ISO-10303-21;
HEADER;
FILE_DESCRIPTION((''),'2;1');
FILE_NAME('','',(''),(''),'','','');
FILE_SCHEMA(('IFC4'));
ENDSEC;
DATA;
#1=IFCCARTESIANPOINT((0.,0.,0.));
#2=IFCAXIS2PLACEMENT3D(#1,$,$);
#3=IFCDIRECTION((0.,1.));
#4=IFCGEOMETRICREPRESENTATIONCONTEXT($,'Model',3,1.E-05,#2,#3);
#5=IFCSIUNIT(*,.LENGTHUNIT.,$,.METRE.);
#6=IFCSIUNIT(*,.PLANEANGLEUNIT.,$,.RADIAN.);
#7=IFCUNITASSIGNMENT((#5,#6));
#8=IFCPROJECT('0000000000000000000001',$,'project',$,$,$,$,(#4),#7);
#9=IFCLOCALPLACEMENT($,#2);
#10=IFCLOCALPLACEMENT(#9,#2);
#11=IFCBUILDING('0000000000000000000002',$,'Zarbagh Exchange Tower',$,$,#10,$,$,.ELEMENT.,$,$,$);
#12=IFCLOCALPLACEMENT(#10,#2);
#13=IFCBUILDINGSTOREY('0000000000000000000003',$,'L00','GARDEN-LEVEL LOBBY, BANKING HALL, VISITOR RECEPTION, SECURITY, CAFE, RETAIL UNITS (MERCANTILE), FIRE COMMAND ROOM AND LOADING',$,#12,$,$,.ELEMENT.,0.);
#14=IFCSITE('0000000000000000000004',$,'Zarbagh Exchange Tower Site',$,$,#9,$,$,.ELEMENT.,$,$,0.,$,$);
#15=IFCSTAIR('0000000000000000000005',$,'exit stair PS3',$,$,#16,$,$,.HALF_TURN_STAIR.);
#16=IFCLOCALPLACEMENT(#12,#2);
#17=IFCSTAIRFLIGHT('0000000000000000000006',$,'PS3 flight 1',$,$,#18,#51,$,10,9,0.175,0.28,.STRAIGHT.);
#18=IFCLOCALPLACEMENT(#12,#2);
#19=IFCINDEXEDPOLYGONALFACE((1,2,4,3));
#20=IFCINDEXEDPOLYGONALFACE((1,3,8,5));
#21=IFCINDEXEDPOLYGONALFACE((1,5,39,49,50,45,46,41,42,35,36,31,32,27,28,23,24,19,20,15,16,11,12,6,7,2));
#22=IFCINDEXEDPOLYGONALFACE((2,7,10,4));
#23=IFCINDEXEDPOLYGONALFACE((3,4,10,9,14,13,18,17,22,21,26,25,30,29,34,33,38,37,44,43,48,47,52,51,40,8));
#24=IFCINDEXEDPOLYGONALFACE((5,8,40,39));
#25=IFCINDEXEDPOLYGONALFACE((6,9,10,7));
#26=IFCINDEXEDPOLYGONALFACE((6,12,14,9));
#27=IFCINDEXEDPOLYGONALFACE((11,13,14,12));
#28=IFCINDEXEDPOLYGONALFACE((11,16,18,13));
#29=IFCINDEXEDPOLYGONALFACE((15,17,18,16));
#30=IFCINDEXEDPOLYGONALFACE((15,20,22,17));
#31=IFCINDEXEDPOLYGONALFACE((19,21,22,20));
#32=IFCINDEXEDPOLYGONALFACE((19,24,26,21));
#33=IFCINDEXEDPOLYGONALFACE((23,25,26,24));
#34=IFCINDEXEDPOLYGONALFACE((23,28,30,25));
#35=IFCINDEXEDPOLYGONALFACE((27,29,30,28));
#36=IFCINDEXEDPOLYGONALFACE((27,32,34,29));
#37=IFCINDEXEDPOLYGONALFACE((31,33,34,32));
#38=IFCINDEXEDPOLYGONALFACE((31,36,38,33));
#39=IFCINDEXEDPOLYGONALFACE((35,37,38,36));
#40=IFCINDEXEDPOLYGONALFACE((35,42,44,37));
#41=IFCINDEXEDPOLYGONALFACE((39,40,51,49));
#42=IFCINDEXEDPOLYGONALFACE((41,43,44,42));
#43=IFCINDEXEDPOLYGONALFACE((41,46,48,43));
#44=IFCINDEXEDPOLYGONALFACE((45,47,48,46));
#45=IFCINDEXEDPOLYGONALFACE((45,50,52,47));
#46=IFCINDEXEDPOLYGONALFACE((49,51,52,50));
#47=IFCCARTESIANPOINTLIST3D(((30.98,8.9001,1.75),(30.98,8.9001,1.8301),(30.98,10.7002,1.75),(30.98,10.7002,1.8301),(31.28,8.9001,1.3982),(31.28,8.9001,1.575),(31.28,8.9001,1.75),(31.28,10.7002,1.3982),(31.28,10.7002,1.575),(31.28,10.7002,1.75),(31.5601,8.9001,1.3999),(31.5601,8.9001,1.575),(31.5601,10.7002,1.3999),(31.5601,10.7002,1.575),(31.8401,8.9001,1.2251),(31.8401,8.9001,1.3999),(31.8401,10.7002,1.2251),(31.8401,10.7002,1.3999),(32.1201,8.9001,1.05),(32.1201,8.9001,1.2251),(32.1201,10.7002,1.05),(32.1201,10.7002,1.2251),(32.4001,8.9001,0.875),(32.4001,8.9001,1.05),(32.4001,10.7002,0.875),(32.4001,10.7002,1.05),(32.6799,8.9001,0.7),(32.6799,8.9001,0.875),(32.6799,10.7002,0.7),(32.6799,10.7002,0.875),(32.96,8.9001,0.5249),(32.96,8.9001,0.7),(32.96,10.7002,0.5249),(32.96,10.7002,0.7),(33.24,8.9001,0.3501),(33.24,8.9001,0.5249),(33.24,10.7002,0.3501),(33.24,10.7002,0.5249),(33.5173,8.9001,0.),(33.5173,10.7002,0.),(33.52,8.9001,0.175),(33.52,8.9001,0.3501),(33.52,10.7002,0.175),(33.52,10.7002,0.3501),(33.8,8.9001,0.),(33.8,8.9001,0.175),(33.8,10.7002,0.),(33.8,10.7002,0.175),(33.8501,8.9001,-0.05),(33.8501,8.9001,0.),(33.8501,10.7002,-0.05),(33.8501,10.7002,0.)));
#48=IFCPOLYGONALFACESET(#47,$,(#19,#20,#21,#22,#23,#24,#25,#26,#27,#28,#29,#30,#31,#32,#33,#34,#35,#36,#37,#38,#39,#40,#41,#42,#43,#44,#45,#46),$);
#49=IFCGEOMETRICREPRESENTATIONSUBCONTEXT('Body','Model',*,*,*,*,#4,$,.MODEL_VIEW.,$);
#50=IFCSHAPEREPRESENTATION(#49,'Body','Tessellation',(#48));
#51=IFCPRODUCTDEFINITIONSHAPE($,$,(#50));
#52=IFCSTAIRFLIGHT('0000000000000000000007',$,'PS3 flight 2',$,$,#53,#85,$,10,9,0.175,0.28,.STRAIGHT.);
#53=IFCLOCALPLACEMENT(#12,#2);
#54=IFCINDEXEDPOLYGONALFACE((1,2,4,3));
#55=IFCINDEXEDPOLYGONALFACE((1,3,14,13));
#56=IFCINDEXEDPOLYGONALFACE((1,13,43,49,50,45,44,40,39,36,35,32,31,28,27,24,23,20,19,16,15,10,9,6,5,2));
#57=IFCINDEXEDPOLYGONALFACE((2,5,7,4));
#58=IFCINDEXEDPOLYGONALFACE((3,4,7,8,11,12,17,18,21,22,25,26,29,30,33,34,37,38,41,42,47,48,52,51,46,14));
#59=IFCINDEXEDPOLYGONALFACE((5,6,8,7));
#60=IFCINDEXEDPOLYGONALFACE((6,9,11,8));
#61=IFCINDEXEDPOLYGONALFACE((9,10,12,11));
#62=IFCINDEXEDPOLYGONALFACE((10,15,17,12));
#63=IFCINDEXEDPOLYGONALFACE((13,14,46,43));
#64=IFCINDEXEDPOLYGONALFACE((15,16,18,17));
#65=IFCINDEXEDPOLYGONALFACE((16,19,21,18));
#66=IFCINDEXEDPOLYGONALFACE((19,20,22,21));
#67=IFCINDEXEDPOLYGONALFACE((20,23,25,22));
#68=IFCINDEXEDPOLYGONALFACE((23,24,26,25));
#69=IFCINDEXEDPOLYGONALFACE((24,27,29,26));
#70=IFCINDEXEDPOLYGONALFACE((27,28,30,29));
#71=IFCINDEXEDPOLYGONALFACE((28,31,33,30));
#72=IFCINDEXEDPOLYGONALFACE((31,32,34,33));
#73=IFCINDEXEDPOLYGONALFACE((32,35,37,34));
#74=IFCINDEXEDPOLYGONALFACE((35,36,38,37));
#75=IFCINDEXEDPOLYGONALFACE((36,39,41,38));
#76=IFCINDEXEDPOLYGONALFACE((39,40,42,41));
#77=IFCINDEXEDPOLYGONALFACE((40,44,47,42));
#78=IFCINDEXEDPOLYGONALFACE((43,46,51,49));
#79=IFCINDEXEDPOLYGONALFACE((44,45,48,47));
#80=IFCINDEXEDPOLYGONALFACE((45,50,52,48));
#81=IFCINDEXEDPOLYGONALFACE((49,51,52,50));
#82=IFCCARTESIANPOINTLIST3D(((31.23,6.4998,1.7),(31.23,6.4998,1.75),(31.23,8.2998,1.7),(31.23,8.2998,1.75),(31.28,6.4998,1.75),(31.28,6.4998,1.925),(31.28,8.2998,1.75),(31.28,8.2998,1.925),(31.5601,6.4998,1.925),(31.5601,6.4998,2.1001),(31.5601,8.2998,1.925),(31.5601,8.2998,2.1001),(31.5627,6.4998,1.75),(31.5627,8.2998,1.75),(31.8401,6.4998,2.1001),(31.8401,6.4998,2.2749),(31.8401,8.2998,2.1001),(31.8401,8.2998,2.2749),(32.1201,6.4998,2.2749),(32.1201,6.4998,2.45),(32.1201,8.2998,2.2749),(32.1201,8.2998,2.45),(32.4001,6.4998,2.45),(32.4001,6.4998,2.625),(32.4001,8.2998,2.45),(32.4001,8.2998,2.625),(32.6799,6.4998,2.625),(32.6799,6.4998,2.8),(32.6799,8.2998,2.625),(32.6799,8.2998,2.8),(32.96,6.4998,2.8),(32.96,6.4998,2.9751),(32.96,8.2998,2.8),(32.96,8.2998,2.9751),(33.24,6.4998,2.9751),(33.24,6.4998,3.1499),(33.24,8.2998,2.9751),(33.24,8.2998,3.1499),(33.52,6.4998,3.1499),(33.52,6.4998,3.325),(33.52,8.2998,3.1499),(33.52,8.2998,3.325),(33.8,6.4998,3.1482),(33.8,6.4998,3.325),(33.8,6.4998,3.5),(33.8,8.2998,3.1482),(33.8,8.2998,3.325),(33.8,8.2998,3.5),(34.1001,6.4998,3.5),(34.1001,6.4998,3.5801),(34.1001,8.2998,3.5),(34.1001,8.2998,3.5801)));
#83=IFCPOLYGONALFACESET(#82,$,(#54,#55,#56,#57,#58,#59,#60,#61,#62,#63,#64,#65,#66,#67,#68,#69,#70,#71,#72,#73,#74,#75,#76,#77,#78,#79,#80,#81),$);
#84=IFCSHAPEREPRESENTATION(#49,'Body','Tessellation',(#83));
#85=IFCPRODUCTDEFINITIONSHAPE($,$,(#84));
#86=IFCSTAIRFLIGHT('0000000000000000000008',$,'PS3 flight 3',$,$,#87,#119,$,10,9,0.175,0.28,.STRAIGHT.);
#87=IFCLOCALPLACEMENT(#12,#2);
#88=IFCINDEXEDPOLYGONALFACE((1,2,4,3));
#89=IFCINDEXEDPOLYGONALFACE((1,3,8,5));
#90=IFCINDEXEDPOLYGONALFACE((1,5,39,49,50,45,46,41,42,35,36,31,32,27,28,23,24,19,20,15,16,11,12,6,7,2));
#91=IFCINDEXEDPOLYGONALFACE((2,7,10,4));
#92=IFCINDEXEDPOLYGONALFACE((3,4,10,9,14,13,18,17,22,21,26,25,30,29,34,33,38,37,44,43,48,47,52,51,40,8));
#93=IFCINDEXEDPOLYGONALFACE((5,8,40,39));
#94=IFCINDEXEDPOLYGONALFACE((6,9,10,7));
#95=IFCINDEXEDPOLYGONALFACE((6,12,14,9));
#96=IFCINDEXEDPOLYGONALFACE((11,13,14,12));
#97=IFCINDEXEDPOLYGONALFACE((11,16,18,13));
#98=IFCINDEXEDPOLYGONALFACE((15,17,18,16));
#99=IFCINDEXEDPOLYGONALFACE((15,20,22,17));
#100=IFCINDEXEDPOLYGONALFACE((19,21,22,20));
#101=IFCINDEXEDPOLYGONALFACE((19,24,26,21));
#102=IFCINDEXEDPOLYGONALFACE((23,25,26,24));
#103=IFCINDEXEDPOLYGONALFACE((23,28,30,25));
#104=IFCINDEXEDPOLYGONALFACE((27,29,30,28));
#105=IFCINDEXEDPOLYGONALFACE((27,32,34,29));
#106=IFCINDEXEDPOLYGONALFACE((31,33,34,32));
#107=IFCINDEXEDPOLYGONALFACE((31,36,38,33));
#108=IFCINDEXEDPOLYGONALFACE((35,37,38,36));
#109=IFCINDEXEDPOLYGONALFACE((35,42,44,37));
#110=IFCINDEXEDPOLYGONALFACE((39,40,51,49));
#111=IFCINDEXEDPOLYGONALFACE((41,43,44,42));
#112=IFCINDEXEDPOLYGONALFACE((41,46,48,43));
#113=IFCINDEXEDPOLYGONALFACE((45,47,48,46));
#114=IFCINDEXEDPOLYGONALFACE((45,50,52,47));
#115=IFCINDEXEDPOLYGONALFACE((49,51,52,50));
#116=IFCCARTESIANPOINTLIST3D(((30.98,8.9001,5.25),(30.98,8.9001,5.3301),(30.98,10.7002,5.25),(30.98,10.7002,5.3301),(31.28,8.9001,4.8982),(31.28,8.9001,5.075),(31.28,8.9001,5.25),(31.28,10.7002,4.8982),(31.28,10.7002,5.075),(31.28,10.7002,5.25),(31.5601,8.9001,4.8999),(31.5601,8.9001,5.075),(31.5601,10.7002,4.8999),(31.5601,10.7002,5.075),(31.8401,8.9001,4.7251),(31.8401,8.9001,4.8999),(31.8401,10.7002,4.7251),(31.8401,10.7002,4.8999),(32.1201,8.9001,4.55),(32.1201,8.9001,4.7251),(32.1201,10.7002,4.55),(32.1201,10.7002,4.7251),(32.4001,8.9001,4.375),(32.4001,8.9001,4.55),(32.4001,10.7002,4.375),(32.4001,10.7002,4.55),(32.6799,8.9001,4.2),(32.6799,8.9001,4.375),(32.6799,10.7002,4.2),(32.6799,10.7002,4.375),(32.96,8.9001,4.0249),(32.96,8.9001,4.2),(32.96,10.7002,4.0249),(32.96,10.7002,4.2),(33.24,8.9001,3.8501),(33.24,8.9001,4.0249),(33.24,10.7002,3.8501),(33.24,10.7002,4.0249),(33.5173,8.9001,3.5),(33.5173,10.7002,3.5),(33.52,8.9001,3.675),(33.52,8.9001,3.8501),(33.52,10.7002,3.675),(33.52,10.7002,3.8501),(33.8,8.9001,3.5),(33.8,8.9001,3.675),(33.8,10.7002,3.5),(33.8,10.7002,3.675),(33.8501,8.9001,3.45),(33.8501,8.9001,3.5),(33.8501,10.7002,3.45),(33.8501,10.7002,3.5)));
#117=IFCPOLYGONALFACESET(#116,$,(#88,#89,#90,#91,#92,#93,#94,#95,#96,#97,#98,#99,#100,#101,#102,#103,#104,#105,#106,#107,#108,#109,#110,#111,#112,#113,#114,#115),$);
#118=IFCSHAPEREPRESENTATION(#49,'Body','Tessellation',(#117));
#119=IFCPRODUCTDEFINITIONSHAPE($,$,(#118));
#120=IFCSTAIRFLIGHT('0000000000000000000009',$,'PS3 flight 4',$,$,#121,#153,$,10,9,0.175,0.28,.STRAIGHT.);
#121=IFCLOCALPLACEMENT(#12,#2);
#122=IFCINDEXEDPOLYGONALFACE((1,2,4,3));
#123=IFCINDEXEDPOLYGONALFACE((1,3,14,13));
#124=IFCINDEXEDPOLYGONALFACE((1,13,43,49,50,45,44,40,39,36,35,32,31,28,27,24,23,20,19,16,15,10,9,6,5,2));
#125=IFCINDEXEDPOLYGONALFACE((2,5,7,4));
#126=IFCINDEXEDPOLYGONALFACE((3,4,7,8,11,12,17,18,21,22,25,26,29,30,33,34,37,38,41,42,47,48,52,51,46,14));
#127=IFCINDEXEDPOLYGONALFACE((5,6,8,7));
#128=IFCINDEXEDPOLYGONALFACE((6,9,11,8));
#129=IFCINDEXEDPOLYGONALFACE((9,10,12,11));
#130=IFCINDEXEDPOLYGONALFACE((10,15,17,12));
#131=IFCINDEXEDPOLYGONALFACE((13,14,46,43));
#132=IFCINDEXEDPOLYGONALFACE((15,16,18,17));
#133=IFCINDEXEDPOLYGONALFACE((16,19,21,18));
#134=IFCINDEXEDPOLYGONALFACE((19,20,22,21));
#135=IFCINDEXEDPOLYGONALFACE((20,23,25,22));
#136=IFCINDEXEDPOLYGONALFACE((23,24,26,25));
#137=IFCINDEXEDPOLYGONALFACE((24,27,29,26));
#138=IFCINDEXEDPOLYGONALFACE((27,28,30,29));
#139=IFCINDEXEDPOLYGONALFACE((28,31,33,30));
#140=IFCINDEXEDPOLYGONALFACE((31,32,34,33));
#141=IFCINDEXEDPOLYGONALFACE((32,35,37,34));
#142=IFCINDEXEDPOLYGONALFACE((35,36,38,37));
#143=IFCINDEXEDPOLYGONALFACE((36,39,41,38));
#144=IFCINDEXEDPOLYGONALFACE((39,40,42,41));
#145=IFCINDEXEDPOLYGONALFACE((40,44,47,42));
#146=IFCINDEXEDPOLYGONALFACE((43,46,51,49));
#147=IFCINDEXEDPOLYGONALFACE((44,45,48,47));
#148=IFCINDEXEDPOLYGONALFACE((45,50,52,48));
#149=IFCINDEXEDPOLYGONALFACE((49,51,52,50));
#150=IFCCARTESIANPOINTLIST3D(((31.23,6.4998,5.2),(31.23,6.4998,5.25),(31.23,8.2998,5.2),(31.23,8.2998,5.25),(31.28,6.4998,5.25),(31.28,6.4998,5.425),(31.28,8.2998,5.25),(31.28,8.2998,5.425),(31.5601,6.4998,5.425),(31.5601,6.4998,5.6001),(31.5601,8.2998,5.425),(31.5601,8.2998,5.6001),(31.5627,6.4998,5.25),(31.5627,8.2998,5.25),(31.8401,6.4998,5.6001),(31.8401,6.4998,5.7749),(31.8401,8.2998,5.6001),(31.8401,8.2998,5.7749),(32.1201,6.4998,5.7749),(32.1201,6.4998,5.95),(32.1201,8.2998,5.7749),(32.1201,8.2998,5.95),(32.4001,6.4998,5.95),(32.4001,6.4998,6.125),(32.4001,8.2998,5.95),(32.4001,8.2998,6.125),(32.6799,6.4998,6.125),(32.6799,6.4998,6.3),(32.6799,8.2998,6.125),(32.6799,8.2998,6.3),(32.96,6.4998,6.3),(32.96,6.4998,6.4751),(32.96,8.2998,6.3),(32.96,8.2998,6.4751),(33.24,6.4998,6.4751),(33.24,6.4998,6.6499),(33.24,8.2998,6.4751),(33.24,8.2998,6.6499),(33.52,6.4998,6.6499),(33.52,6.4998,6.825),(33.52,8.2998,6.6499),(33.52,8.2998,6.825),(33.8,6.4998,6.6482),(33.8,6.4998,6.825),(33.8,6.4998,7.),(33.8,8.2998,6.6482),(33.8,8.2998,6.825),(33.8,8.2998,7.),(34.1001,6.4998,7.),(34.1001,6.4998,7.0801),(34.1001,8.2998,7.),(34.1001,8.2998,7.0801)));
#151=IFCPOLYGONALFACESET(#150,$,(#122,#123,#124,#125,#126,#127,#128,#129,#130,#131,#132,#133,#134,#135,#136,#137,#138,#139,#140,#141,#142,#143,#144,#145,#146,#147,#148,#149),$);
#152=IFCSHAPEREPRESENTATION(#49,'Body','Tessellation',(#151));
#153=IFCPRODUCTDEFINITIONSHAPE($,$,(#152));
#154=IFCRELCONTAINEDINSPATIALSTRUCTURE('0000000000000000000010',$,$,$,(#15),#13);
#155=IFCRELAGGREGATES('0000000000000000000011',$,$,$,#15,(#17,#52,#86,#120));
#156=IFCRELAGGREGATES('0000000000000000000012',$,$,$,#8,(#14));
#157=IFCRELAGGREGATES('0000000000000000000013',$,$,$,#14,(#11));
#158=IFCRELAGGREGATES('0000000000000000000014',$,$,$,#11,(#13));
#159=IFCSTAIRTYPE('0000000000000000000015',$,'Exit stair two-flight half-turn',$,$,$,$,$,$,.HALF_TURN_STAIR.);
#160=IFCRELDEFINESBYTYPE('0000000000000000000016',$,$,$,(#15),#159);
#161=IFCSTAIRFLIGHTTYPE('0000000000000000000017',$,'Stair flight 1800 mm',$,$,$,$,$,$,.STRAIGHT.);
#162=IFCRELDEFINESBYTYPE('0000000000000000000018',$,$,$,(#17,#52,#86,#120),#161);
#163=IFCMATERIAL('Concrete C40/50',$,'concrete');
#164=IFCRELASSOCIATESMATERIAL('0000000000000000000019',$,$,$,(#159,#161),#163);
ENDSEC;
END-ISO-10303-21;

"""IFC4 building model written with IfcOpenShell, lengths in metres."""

from ifc_helpers import new_model, si_unit, direction, frame, origin, place, context, subcontext, project, spatial, polyline, outline, extrude, material, type_object, element, aggregate, save


model = new_model("IFC4")

# Units and contexts
model_context = context("Model", 3, precision=1e-05, world=origin(), true_north=direction((0.0, 1.0)))
body_context = subcontext(model_context, "Body", "Model", "MODEL_VIEW")
ifc_project = project(units=[si_unit("LENGTHUNIT", "METRE"), si_unit("PLANEANGLEUNIT", "RADIAN")], contexts=[model_context])

# Site, building, storey
site_placement = place(None, origin())
site = spatial("IfcSite", under=ifc_project, at=site_placement, Name="Zarbagh Exchange Tower Site", CompositionType="ELEMENT", RefElevation=0.0)
building_placement = place(site_placement, origin())
building = spatial("IfcBuilding", under=site, at=building_placement, Name="Zarbagh Exchange Tower", CompositionType="ELEMENT")
storey_placement = place(building_placement, origin())
storey = spatial("IfcBuildingStorey", under=building, at=storey_placement, Name="L00", Description="GARDEN-LEVEL LOBBY, BANKING HALL, VISITOR RECEPTION, SECURITY, CAFE, RETAIL UNITS (MERCANTILE), FIRE COMMAND ROOM AND LOADING", CompositionType="ELEMENT", Elevation=0.0)

# Shared definitions
ifc_material_1 = material(Name="Concrete C40/50", Category="concrete")

# Stair, stair flights
stair_type = type_object("IfcStairType", Name="Exit stair two-flight half-turn", PredefinedType="HALF_TURN_STAIR", material=ifc_material_1)
stair_placement = place(storey_placement, origin())
stair = element("IfcStair", 1, at=stair_placement, inside=storey, type_object=stair_type, Name="exit stair PS3", PredefinedType="HALF_TURN_STAIR")
stair_flight_type = type_object("IfcStairFlightType", Name="Stair flight 1800 mm", PredefinedType="STRAIGHT", material=ifc_material_1)
stair_flight_1_placement = place(storey_placement, frame((33.8, 9.8, 0.0), z_axis=(0.0, 0.0, 1.0), x_axis=(-1.0, 0.0, 0.0)))
stair_flight_1 = element("IfcStairFlight", 2, at=stair_flight_1_placement, type_object=stair_flight_type, Name="PS3 flight 1", NumberOfRisers=10, NumberOfTreads=9, PredefinedType="STRAIGHT", RiserHeight=0.175, TreadLength=0.28, context=body_context, shape_type="SweptSolid", body=[
    extrude(outline(polyline([(-0.05, -0.05), (-0.05, 0.0), (0.0, 0.0), (0.0, 0.175), (0.28, 0.175), (0.28, 0.3501), (0.5601, 0.3501), (0.5601, 0.5249), (0.8401, 0.5249), (0.8401, 0.7), (1.1201, 0.7), (1.1201, 0.875), (1.3999, 0.875), (1.3999, 1.05), (1.6799, 1.05), (1.6799, 1.2251), (1.96, 1.2251), (1.96, 1.3999), (2.24, 1.3999), (2.24, 1.575), (2.52, 1.575), (2.52, 1.75), (2.8201, 1.8301), (2.8201, 1.75), (2.52, 1.3982), (0.2827, 0.0), (-0.05, -0.05)])), frame((0.0, 0.8999, 0.0), z_axis=(0.0, -1.0, 0.0), x_axis=(1.0, 0.0, 0.0)), (0.0, 0.0, 1.0), 1.8),
])
stair_flight_2_placement = place(storey_placement, frame((31.28, 7.3999, 1.75), z_axis=(0.0, 0.0, 1.0), x_axis=(1.0, 0.0, 0.0)))
stair_flight_2 = element("IfcStairFlight", 3, at=stair_flight_2_placement, type_object=stair_flight_type, Name="PS3 flight 2", NumberOfRisers=10, NumberOfTreads=9, PredefinedType="STRAIGHT", RiserHeight=0.175, TreadLength=0.28, context=body_context, shape_type="SweptSolid", body=[
    extrude(outline(polyline([(-0.05, -0.05), (-0.05, 0.0), (0.0, 0.0), (0.0, 0.175), (0.28, 0.175), (0.28, 0.3501), (0.5601, 0.3501), (0.5601, 0.5249), (0.8401, 0.5249), (0.8401, 0.7), (1.1201, 0.7), (1.1201, 0.875), (1.3999, 0.875), (1.3999, 1.05), (1.6799, 1.05), (1.6799, 1.2251), (1.96, 1.2251), (1.96, 1.3999), (2.24, 1.3999), (2.24, 1.575), (2.52, 1.575), (2.52, 1.75), (2.8201, 1.8301), (2.8201, 1.75), (2.52, 1.3982), (0.2827, 0.0), (-0.05, -0.05)])), frame((0.0, 0.8999, 0.0), z_axis=(0.0, -1.0, 0.0), x_axis=(1.0, 0.0, 0.0)), (0.0, 0.0, 1.0), 1.8),
])
stair_flight_3_placement = place(storey_placement, frame((33.8, 9.8, 3.5), z_axis=(0.0, 0.0, 1.0), x_axis=(-1.0, 0.0, 0.0)))
stair_flight_3 = element("IfcStairFlight", 4, at=stair_flight_3_placement, type_object=stair_flight_type, Name="PS3 flight 3", NumberOfRisers=10, NumberOfTreads=9, PredefinedType="STRAIGHT", RiserHeight=0.175, TreadLength=0.28, context=body_context, shape_type="SweptSolid", body=[
    extrude(outline(polyline([(-0.05, -0.05), (-0.05, 0.0), (0.0, 0.0), (0.0, 0.175), (0.28, 0.175), (0.28, 0.3501), (0.5601, 0.3501), (0.5601, 0.5249), (0.8401, 0.5249), (0.8401, 0.7), (1.1201, 0.7), (1.1201, 0.875), (1.3999, 0.875), (1.3999, 1.05), (1.6799, 1.05), (1.6799, 1.2251), (1.96, 1.2251), (1.96, 1.3999), (2.24, 1.3999), (2.24, 1.575), (2.52, 1.575), (2.52, 1.75), (2.8201, 1.8301), (2.8201, 1.75), (2.52, 1.3982), (0.2827, 0.0), (-0.05, -0.05)])), frame((0.0, 0.8999, 0.0), z_axis=(0.0, -1.0, 0.0), x_axis=(1.0, 0.0, 0.0)), (0.0, 0.0, 1.0), 1.8),
])
stair_flight_4_placement = place(storey_placement, frame((31.28, 7.3999, 5.25), z_axis=(0.0, 0.0, 1.0), x_axis=(1.0, 0.0, 0.0)))
stair_flight_4 = element("IfcStairFlight", 5, at=stair_flight_4_placement, type_object=stair_flight_type, Name="PS3 flight 4", NumberOfRisers=10, NumberOfTreads=9, PredefinedType="STRAIGHT", RiserHeight=0.175, TreadLength=0.28, context=body_context, shape_type="SweptSolid", body=[
    extrude(outline(polyline([(-0.05, -0.05), (-0.05, 0.0), (0.0, 0.0), (0.0, 0.175), (0.28, 0.175), (0.28, 0.3501), (0.5601, 0.3501), (0.5601, 0.5249), (0.8401, 0.5249), (0.8401, 0.7), (1.1201, 0.7), (1.1201, 0.875), (1.3999, 0.875), (1.3999, 1.05), (1.6799, 1.05), (1.6799, 1.2251), (1.96, 1.2251), (1.96, 1.3999), (2.24, 1.3999), (2.24, 1.575), (2.52, 1.575), (2.52, 1.75), (2.8201, 1.8301), (2.8201, 1.75), (2.52, 1.3982), (0.2827, 0.0), (-0.05, -0.05)])), frame((0.0, 0.8999, 0.0), z_axis=(0.0, -1.0, 0.0), x_axis=(1.0, 0.0, 0.0)), (0.0, 0.0, 1.0), 1.8),
])
aggregate(stair, [stair_flight_1, stair_flight_2, stair_flight_3, stair_flight_4])

save(model, "model.ifc")
